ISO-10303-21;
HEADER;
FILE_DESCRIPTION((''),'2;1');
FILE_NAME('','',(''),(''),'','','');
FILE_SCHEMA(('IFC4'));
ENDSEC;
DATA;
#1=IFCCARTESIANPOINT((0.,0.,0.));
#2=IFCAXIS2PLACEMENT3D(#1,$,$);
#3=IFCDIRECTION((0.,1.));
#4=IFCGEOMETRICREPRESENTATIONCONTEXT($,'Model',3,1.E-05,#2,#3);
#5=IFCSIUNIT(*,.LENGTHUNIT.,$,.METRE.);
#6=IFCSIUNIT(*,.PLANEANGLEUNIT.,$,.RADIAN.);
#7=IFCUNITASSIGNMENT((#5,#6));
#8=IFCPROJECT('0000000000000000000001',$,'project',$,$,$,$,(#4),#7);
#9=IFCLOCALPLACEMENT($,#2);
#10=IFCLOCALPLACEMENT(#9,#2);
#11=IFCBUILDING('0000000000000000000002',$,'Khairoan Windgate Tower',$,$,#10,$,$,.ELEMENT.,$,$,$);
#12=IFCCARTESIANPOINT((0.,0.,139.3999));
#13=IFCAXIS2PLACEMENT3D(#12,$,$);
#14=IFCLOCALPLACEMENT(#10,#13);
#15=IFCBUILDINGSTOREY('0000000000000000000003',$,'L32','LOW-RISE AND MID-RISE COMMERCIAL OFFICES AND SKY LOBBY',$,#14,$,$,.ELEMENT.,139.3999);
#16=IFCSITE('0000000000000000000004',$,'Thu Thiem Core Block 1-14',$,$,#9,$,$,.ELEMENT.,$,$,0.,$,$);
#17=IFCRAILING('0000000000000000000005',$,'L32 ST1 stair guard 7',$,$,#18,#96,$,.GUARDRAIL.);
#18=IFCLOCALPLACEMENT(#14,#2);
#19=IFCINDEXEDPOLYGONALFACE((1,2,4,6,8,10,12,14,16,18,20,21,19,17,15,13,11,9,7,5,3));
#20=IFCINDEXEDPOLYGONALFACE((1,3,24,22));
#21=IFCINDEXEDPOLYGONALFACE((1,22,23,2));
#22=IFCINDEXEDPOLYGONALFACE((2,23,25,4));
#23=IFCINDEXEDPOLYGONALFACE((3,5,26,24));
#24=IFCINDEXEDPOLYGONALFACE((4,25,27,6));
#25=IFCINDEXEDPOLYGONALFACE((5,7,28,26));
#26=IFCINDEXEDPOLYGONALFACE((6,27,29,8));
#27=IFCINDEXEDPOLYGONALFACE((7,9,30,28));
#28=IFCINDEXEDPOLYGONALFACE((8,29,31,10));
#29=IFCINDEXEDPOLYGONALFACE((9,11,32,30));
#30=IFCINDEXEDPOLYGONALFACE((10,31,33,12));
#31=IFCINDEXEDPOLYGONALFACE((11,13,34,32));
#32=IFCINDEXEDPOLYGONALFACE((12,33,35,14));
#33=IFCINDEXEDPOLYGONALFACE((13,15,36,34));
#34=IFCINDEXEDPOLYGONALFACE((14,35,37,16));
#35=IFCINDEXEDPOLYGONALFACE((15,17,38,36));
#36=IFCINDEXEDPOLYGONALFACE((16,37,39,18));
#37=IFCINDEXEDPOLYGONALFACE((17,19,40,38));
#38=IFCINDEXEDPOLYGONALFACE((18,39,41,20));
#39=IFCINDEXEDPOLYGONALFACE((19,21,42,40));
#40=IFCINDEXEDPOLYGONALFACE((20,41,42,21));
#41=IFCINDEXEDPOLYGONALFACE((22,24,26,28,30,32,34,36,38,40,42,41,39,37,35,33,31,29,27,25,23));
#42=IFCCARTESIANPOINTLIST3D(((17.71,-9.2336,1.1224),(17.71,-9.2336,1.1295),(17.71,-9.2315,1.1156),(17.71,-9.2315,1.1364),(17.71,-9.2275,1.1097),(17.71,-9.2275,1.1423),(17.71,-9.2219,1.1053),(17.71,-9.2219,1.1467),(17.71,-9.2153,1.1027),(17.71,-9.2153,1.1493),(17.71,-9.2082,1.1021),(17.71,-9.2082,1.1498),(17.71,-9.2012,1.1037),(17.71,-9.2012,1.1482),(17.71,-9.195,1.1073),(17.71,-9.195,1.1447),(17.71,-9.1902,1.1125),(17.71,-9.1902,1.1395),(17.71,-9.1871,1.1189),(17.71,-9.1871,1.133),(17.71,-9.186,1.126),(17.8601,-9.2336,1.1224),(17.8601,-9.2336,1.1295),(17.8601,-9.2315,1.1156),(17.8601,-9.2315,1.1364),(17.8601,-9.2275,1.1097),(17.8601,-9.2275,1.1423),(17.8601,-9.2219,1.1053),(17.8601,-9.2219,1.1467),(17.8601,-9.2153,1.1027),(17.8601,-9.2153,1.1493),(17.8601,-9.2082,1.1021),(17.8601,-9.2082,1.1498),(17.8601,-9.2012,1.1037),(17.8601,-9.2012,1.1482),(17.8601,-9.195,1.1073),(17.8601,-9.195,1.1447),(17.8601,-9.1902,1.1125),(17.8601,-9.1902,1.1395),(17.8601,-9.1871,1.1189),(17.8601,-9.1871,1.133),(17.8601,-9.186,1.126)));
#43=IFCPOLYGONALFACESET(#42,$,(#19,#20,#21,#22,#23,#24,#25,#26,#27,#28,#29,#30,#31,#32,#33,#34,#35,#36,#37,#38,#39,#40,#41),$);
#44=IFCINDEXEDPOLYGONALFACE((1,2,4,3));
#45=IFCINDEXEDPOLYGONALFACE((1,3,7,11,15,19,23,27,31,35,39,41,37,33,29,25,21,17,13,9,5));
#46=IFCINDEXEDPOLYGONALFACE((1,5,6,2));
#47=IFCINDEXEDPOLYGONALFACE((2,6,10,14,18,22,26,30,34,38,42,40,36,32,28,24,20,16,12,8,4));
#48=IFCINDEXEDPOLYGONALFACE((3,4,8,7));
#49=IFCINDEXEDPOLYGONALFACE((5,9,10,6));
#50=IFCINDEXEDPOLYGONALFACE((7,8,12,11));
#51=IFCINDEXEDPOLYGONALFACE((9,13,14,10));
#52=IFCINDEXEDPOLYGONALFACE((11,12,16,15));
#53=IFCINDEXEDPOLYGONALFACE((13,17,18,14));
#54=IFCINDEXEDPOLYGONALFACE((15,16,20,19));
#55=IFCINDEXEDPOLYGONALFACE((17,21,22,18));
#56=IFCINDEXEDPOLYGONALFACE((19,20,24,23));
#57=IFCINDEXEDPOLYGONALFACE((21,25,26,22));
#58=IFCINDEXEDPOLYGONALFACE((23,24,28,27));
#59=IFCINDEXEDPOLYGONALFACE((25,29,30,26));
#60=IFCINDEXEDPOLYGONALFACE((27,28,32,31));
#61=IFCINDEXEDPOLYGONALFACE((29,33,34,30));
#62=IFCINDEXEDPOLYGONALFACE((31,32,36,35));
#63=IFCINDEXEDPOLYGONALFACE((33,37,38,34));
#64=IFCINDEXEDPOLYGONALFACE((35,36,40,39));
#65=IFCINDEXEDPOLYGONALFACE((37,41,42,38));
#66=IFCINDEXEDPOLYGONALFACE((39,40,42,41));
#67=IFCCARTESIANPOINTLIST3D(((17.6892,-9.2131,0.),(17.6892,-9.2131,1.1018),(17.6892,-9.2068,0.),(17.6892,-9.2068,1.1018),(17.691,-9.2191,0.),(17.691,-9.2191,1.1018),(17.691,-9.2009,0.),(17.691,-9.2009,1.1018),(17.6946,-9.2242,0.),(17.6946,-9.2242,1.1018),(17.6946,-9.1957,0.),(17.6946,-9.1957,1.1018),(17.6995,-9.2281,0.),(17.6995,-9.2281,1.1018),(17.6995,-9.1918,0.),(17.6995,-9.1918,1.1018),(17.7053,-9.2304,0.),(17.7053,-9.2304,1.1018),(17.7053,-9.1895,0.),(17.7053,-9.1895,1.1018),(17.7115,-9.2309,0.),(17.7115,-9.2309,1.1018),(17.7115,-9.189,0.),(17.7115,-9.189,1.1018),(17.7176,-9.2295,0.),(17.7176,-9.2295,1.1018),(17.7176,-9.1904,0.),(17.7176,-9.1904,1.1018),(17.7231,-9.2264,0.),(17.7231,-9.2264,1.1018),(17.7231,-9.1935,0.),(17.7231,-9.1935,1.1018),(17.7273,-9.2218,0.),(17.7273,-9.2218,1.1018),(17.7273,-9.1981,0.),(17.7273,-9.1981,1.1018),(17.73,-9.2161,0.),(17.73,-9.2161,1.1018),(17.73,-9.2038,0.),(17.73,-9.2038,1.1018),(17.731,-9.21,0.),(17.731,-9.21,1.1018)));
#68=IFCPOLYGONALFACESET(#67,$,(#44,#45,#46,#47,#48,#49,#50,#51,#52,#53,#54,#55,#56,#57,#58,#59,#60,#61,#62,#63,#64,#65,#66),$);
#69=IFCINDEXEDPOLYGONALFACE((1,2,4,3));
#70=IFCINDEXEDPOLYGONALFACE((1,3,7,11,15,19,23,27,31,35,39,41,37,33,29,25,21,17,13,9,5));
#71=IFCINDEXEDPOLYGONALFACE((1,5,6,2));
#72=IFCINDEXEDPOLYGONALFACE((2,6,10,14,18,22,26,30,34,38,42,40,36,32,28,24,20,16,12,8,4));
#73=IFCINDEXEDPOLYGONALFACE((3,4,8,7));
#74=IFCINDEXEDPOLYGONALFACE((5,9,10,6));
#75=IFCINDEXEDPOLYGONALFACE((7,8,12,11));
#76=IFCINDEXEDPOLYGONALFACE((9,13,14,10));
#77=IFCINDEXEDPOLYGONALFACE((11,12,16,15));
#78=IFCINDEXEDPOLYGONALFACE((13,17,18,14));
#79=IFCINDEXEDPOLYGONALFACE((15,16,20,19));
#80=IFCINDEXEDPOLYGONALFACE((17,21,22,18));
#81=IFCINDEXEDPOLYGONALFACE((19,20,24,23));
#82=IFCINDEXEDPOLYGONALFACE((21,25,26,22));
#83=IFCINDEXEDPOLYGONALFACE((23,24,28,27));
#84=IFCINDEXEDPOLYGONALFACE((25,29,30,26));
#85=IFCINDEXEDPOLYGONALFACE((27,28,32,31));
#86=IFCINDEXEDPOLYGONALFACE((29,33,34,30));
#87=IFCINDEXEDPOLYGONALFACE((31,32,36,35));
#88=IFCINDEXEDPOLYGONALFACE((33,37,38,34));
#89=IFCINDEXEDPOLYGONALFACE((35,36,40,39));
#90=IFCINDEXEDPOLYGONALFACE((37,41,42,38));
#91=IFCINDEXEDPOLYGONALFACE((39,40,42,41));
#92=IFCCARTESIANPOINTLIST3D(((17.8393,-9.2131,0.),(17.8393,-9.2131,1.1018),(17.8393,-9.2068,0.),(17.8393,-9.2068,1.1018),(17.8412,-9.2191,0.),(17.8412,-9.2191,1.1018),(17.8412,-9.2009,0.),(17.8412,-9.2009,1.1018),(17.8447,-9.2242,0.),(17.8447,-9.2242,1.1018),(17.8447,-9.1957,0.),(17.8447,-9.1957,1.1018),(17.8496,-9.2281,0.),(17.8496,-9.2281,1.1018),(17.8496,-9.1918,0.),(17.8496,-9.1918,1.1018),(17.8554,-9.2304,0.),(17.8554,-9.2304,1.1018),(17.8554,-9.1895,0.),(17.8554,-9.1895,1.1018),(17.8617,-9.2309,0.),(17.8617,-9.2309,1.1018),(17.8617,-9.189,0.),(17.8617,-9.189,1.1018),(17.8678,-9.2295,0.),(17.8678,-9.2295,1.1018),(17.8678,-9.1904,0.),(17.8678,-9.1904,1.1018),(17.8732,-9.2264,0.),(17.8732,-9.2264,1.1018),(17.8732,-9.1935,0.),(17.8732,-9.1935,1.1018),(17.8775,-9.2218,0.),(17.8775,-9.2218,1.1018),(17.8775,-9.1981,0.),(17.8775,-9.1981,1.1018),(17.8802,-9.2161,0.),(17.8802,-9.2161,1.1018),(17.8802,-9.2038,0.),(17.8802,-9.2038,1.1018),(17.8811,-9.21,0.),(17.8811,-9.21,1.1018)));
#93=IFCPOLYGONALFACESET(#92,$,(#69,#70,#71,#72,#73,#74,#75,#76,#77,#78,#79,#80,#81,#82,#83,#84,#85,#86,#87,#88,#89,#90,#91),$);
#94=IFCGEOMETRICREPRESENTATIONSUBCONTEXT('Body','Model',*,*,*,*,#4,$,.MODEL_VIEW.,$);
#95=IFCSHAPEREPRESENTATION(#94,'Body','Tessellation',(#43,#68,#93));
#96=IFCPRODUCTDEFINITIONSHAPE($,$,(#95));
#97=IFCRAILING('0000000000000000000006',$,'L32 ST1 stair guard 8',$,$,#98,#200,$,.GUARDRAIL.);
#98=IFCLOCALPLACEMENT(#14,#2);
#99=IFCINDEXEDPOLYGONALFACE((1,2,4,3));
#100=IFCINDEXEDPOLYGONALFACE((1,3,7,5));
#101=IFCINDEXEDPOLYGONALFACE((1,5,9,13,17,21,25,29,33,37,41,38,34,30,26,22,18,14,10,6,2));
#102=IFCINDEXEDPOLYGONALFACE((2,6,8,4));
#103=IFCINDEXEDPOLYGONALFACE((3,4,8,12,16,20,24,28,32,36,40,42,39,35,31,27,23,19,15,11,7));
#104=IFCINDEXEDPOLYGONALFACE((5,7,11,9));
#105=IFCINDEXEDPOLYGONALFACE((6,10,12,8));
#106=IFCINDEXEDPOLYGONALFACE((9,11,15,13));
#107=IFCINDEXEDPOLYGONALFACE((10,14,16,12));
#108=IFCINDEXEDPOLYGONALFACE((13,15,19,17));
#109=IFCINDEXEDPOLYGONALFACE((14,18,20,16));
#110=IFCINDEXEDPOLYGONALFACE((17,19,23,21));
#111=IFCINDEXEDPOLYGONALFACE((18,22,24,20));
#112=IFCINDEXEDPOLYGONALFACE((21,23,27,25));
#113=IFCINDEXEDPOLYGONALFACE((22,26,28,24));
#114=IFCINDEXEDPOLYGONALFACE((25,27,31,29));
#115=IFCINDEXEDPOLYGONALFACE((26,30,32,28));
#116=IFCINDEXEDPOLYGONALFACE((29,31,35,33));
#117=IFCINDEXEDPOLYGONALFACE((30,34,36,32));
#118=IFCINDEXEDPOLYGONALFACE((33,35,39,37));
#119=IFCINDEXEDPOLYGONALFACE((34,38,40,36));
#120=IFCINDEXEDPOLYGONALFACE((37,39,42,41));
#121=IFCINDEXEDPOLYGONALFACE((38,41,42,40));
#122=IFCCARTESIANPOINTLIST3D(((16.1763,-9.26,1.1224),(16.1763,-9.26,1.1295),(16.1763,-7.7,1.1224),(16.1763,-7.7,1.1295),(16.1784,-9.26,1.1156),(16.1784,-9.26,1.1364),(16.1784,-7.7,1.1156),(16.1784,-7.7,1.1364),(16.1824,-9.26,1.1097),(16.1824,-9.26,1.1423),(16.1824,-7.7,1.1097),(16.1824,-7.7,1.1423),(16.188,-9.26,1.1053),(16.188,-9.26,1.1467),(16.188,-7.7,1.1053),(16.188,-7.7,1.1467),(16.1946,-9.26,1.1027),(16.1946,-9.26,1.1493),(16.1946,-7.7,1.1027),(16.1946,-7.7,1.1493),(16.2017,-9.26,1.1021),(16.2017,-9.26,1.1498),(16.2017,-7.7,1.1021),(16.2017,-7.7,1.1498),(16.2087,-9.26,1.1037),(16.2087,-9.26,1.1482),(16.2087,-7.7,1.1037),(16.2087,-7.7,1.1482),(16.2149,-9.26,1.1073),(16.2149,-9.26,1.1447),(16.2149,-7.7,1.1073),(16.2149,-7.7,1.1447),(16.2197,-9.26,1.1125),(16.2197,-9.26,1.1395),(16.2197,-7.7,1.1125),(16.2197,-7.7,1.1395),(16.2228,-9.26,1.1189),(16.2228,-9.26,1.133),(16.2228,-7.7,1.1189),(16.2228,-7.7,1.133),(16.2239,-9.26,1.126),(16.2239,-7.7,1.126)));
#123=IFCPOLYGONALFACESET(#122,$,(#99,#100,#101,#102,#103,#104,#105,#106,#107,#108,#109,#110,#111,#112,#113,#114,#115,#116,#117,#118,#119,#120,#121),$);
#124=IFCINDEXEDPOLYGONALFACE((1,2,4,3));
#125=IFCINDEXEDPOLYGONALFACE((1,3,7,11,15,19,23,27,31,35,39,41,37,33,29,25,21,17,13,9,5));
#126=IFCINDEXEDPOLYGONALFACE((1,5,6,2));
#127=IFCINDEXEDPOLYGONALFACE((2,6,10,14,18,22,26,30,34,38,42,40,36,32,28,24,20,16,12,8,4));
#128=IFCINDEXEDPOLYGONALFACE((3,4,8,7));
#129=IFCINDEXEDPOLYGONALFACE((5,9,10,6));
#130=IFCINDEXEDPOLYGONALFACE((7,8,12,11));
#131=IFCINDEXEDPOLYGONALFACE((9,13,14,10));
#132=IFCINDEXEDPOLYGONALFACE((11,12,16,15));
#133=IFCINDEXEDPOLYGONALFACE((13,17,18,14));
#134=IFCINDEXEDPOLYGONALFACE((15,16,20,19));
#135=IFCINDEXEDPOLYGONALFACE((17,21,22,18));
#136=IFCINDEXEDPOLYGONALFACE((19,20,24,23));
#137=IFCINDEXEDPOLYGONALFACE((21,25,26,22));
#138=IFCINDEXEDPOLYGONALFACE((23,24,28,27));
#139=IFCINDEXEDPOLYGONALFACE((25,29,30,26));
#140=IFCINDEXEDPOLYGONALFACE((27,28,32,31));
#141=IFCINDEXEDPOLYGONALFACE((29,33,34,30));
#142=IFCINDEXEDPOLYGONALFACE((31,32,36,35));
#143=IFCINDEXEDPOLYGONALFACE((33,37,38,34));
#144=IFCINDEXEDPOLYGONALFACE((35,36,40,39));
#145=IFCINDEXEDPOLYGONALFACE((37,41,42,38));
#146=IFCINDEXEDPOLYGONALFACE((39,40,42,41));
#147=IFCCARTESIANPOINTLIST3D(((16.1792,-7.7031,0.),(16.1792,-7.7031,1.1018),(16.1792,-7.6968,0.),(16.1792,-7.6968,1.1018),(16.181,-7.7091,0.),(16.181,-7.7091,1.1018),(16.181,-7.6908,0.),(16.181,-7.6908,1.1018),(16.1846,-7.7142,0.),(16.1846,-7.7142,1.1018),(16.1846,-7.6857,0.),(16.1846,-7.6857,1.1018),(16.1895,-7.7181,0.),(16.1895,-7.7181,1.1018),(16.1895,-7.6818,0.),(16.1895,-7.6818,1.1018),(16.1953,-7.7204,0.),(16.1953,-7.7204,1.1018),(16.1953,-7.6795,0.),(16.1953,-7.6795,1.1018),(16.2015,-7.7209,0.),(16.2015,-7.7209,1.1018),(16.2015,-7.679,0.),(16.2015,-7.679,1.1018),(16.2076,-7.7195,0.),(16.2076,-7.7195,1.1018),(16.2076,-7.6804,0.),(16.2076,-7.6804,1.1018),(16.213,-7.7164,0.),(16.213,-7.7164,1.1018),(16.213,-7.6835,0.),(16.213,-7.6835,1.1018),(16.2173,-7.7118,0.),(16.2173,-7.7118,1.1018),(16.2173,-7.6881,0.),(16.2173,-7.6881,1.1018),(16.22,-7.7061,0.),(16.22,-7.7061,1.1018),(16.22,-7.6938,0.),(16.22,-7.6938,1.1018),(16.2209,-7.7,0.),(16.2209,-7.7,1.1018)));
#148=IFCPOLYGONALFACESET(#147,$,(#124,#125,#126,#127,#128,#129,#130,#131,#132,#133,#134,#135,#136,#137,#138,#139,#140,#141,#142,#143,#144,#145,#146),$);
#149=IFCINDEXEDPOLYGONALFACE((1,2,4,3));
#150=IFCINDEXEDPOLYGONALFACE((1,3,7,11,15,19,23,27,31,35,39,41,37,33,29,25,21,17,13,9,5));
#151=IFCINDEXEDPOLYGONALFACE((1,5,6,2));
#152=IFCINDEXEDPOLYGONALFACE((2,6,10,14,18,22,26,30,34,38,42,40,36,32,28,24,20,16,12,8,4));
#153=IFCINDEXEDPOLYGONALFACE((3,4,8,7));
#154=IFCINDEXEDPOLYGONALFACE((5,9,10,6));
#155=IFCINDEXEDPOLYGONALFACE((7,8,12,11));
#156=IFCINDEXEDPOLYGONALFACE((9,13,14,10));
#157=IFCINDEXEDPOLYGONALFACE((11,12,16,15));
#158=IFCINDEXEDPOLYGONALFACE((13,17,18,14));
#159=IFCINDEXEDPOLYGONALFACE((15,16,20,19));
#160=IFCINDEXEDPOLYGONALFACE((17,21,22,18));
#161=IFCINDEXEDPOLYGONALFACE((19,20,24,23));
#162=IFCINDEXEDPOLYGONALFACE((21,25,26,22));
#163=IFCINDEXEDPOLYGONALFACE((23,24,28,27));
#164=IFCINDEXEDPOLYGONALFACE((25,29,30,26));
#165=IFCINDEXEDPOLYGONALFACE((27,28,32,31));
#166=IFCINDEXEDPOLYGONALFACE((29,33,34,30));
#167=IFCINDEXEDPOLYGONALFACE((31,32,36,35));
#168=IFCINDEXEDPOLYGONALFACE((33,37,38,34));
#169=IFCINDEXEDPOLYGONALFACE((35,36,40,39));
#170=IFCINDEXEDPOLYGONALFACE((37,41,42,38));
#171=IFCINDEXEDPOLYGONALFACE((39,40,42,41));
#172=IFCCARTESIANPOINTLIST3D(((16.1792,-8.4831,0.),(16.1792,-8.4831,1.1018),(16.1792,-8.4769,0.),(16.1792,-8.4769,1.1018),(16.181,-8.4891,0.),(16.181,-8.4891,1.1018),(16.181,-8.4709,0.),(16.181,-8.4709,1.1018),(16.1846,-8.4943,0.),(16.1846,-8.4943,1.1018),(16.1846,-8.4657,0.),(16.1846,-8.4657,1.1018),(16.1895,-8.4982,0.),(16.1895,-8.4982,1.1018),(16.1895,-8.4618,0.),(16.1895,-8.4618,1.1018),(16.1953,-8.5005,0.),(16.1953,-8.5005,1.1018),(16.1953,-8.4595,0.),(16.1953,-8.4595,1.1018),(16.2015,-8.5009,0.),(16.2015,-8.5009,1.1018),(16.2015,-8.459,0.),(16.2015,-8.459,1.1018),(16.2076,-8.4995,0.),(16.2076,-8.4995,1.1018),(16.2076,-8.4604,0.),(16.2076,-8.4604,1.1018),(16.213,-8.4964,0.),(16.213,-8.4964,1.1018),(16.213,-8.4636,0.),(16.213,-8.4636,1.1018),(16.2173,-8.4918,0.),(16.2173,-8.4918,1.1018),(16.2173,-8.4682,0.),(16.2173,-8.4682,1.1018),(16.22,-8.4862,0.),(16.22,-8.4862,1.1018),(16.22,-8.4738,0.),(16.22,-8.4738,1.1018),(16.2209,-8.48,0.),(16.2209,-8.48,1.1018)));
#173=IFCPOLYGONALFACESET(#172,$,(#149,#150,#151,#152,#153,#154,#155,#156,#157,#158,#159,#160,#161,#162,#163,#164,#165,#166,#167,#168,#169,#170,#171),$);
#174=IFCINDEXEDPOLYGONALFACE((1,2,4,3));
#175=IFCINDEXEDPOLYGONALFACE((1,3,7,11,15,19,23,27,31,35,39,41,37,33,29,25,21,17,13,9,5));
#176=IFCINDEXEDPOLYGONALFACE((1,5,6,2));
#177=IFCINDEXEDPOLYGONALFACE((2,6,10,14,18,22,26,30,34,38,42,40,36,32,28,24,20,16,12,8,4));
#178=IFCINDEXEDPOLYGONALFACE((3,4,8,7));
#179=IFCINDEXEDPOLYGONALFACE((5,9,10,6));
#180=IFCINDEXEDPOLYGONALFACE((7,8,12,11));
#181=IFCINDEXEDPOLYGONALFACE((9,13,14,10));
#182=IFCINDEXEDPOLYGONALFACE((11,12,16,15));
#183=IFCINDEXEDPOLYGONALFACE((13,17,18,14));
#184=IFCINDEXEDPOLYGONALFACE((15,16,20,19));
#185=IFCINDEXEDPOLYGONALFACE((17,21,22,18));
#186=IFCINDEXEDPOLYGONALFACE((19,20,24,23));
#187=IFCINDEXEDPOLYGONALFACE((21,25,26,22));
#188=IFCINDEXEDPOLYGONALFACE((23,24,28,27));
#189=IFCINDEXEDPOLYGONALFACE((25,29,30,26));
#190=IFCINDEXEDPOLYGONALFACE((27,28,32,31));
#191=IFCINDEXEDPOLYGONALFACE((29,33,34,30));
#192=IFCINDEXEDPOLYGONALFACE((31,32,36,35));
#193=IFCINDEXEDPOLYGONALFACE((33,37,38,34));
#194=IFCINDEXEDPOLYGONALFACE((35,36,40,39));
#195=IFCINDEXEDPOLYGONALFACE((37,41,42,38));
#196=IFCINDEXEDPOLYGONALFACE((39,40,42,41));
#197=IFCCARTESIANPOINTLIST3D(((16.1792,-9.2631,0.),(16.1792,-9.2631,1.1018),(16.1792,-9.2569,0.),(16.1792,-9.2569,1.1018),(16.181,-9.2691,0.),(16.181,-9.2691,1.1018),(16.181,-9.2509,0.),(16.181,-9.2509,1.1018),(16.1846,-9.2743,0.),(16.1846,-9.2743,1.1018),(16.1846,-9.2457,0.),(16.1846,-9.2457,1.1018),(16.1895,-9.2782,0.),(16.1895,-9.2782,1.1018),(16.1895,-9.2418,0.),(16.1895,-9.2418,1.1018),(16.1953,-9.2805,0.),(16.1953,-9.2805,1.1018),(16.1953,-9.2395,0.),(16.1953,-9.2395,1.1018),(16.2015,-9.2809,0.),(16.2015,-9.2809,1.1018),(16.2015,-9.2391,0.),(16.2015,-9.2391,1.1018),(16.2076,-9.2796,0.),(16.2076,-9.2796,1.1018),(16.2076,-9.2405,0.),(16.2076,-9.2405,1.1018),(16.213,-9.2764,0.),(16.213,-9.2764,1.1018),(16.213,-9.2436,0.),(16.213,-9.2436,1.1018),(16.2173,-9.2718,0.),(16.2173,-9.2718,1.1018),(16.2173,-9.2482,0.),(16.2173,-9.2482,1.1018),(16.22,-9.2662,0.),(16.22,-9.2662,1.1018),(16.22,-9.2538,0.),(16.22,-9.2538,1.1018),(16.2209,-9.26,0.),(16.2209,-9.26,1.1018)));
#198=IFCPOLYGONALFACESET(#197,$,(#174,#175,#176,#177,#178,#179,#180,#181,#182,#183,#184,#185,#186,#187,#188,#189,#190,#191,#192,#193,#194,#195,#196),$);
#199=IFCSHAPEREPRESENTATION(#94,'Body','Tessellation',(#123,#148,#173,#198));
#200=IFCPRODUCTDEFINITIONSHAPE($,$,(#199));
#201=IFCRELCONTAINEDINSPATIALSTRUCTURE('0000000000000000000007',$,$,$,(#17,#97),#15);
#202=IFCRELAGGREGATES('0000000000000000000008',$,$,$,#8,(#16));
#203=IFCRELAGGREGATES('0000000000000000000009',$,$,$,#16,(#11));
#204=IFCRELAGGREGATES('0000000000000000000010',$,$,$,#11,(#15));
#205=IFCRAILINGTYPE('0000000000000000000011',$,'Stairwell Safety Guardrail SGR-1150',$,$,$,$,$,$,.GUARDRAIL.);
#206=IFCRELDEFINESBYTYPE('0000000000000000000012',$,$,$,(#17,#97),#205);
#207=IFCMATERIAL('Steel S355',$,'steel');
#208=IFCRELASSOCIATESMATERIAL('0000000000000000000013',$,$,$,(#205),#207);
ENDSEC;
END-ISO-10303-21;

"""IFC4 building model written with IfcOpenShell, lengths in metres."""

from ifc_helpers import new_model, si_unit, direction, frame, origin, origin_2d, place, context, subcontext, project, spatial, circle, extrude, material, type_object, element, save


model = new_model("IFC4")

# Units and contexts
model_context = context("Model", 3, precision=1e-05, world=origin(), true_north=direction((0.0, 1.0)))
body_context = subcontext(model_context, "Body", "Model", "MODEL_VIEW")
ifc_project = project(units=[si_unit("LENGTHUNIT", "METRE"), si_unit("PLANEANGLEUNIT", "RADIAN")], contexts=[model_context])

# Site, building, storey
site_placement = place(None, origin())
site = spatial("IfcSite", under=ifc_project, at=site_placement, Name="Thu Thiem Core Block 1-14", CompositionType="ELEMENT", RefElevation=0.0)
building_placement = place(site_placement, origin())
building = spatial("IfcBuilding", under=site, at=building_placement, Name="Khairoan Windgate Tower", CompositionType="ELEMENT")
storey_placement = place(building_placement, frame((0.0, 0.0, 139.3999)))
storey = spatial("IfcBuildingStorey", under=building, at=storey_placement, Name="L32", Description="LOW-RISE AND MID-RISE COMMERCIAL OFFICES AND SKY LOBBY", CompositionType="ELEMENT", Elevation=139.3999)

# Railings
ifc_material_1 = material(Name="Steel S355", Category="steel")
railing_type_1 = type_object("IfcRailingType", Name="Stairwell Safety Guardrail SGR-1150", PredefinedType="GUARDRAIL", material=ifc_material_1)
railing_1_placement = place(storey_placement, frame((17.71, -9.21, 0.0)))
element("IfcRailing", 1, at=railing_1_placement, inside=storey, type_object=railing_type_1, Name="L32 ST1 stair guard 7", PredefinedType="GUARDRAIL", context=body_context, shape_type="SweptSolid", body=[
    extrude(circle(Radius=0.0239, at=origin_2d()), frame((0.0, 0.0, 1.126), z_axis=(1.0, 0.0, 0.0), x_axis=(0.0, 1.0, 0.0)), (0.0, 0.0, 1.0), 0.1501),
    extrude(circle(Radius=0.021, at=origin_2d()), origin(), (0.0, 0.0, 1.0), 1.1018),
    extrude(circle(Radius=0.021, at=origin_2d()), frame((0.1501, 0.0, 0.0)), (0.0, 0.0, 1.0), 1.1018),
])
for number, where, name in (
    (2, (16.2, -7.7, 0.0), "L32 ST1 stair guard 8"),
):
    element("IfcRailing", number, at=place(storey_placement, frame(where)), inside=storey, type_object=railing_type_1, Name=name, PredefinedType="GUARDRAIL", context=body_context, shape_type="SweptSolid", body=[
        extrude(circle(Radius=0.0239, at=origin_2d()), frame((0.0, 0.0, 1.126), z_axis=(0.0, -1.0, 0.0), x_axis=(1.0, 0.0, 0.0)), (0.0, 0.0, 1.0), 1.5601),
        extrude(circle(Radius=0.021, at=origin_2d()), origin(), (0.0, 0.0, 1.0), 1.1018),
        extrude(circle(Radius=0.021, at=origin_2d()), frame((0.0, -0.78, 0.0)), (0.0, 0.0, 1.0), 1.1018),
        extrude(circle(Radius=0.021, at=origin_2d()), frame((0.0, -1.5601, 0.0)), (0.0, 0.0, 1.0), 1.1018),
    ])

save(model, "model.ifc")
